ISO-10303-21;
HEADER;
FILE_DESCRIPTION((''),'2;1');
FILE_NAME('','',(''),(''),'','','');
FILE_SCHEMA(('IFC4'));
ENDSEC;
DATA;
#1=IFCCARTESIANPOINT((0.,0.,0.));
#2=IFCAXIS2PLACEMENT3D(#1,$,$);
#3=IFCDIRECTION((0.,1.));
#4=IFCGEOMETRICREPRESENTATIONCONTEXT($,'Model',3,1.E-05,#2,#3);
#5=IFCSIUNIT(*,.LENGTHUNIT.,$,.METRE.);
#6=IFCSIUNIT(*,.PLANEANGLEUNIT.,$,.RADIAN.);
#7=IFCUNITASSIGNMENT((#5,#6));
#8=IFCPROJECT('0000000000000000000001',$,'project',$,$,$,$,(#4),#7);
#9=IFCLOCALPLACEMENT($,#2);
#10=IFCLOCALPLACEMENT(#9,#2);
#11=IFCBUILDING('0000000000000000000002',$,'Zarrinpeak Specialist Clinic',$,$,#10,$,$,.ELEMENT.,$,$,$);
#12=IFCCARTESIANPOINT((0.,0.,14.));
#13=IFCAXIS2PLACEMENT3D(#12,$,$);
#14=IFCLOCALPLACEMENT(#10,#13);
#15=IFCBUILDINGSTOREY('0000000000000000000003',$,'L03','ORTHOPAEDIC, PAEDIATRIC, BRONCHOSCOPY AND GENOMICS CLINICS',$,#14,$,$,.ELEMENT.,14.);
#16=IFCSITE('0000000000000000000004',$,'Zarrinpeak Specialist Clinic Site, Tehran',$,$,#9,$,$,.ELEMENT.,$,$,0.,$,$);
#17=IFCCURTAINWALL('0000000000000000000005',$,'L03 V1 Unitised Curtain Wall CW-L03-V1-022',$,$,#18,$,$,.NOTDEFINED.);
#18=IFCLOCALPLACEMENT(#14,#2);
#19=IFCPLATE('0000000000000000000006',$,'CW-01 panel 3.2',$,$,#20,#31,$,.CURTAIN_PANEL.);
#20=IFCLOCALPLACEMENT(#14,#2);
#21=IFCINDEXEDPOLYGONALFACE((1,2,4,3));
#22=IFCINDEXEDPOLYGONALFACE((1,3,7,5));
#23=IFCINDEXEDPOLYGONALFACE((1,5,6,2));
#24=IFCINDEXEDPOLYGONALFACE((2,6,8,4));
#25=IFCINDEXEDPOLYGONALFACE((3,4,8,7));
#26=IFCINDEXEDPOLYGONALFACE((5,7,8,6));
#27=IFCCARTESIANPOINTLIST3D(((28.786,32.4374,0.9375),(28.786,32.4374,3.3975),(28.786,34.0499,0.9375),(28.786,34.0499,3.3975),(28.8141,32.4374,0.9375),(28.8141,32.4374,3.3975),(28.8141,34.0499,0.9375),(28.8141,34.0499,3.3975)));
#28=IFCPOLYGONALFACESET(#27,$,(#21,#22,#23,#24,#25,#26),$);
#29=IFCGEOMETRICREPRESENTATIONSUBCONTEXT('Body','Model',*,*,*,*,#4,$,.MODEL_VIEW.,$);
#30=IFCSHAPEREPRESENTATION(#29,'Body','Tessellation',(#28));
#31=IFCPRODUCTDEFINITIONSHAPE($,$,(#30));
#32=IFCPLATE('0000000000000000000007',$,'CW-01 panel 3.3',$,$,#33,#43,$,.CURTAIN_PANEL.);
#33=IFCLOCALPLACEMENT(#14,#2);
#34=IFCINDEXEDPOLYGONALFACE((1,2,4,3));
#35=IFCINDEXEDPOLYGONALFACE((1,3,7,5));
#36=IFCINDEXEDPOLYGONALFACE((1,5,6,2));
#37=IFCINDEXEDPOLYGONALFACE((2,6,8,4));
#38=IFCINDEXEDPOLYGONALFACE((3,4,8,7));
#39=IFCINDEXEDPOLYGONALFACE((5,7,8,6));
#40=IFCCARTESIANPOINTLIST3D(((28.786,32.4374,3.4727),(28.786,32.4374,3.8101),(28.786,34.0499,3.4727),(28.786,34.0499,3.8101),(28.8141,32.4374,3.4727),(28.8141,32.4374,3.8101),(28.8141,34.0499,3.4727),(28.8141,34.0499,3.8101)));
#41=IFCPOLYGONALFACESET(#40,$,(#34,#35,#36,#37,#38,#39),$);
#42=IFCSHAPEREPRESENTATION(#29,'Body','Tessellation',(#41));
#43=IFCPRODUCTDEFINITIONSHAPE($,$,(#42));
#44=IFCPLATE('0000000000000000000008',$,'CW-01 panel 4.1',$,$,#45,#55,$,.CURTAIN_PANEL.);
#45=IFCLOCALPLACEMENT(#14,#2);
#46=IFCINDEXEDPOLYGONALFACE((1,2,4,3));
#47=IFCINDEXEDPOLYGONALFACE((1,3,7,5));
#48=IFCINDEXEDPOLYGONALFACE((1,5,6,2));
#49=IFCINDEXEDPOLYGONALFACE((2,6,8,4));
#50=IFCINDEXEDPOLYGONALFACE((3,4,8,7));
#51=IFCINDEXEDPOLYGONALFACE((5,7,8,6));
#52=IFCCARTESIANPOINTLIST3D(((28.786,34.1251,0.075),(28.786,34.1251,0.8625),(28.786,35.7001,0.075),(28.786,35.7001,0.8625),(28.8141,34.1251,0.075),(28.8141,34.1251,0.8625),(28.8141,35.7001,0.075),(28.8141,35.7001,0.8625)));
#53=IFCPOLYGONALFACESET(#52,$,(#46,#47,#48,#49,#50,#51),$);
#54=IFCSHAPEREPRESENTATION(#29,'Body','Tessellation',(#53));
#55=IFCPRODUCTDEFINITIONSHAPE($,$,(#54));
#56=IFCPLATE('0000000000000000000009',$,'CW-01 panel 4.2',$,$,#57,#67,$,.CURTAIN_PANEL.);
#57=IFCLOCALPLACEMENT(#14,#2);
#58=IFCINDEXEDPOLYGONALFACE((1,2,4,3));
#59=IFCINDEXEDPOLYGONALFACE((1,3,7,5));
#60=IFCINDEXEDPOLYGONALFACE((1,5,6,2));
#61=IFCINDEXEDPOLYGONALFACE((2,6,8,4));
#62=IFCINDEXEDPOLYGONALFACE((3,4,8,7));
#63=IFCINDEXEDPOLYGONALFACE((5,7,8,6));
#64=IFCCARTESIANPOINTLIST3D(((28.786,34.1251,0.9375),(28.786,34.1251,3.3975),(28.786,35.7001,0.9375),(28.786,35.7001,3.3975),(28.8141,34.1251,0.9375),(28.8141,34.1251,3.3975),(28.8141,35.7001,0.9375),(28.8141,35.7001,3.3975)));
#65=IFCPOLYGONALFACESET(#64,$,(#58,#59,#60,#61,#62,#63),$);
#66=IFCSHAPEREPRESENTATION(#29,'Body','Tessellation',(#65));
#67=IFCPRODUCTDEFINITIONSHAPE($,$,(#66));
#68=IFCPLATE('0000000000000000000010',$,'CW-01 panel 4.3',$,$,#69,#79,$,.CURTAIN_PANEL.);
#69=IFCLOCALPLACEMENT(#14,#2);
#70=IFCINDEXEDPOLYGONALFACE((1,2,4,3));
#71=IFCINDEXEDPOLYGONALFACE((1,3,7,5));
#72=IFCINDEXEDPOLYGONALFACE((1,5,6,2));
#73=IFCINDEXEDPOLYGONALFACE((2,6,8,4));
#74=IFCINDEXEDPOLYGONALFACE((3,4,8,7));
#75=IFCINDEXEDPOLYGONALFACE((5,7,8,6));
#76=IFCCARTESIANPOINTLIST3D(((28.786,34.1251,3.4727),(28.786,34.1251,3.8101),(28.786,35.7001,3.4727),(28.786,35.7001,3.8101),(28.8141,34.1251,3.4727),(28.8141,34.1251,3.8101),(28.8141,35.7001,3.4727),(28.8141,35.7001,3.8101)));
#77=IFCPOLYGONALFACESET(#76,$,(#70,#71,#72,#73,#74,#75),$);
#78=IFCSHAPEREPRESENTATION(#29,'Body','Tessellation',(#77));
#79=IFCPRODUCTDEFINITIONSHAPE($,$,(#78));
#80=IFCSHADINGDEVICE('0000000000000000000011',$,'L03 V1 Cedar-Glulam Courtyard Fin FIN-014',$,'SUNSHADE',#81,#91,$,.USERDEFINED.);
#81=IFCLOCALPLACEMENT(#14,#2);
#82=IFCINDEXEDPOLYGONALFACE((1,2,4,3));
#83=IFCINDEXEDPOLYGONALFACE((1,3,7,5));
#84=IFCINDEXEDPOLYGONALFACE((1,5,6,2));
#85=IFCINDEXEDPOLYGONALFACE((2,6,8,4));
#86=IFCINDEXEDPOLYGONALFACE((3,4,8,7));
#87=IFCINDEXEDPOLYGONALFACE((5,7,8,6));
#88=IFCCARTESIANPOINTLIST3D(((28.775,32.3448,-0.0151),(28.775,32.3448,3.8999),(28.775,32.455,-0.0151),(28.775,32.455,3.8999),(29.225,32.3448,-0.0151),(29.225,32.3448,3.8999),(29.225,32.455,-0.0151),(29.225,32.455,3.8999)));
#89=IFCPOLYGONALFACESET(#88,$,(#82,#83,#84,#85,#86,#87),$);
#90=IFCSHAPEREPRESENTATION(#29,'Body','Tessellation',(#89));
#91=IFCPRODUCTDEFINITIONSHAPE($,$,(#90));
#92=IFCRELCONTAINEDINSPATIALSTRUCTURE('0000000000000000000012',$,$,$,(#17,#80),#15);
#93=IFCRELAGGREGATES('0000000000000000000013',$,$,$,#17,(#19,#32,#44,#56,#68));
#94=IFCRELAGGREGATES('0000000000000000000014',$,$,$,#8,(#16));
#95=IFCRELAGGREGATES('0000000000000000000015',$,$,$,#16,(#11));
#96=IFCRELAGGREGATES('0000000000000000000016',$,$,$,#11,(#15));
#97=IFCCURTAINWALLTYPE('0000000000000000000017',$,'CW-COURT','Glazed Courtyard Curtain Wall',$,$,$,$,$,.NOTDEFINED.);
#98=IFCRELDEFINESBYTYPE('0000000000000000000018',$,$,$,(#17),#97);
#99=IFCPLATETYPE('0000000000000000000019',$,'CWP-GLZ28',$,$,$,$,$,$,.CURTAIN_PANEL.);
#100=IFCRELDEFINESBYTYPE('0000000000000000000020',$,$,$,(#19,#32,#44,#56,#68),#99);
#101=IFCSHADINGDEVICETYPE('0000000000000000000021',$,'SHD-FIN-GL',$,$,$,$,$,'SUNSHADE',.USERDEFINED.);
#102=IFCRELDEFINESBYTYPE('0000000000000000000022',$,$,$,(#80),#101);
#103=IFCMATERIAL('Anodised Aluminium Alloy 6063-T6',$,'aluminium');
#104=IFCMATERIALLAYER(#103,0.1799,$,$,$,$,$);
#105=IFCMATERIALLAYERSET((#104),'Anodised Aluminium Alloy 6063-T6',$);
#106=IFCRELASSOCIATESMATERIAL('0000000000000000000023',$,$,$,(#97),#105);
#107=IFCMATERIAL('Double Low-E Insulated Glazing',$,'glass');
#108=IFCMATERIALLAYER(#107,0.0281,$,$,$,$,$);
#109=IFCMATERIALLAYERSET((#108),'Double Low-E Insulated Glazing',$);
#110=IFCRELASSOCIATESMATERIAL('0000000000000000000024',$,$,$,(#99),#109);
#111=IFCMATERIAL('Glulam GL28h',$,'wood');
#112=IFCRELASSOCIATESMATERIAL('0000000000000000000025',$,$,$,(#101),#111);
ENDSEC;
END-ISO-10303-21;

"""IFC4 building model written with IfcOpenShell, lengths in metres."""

from ifc_helpers import new_model, si_unit, direction, frame, origin, origin_2d, place, context, subcontext, project, spatial, rectangle, extrude, material, layer, layer_set, type_object, element, aggregate, save


model = new_model("IFC4")

# Units and contexts
model_context = context("Model", 3, precision=1e-05, world=origin(), true_north=direction((0.0, 1.0)))
body_context = subcontext(model_context, "Body", "Model", "MODEL_VIEW")
ifc_project = project(units=[si_unit("LENGTHUNIT", "METRE"), si_unit("PLANEANGLEUNIT", "RADIAN")], contexts=[model_context])

# Site, building, storey
site_placement = place(None, origin())
site = spatial("IfcSite", under=ifc_project, at=site_placement, Name="Zarrinpeak Specialist Clinic Site, Tehran", CompositionType="ELEMENT", RefElevation=0.0)
building_placement = place(site_placement, origin())
building = spatial("IfcBuilding", under=site, at=building_placement, Name="Zarrinpeak Specialist Clinic", CompositionType="ELEMENT")
storey_placement = place(building_placement, frame((0.0, 0.0, 14.0)))
storey = spatial("IfcBuildingStorey", under=building, at=storey_placement, Name="L03", Description="ORTHOPAEDIC, PAEDIATRIC, BRONCHOSCOPY AND GENOMICS CLINICS", CompositionType="ELEMENT", Elevation=14.0)

# Curtain wall
ifc_material_1 = material(Name="Anodised Aluminium Alloy 6063-T6", Category="aluminium")
ifc_layer_1 = layer(ifc_material_1, 0.1799)
ifc_layer_set_1 = layer_set([ifc_layer_1], Name="Anodised Aluminium Alloy 6063-T6")
curtain_wall_type = type_object("IfcCurtainWallType", Name="CW-COURT", Description="Glazed Courtyard Curtain Wall", PredefinedType="NOTDEFINED", material=ifc_layer_set_1)
curtain_wall_1_placement = place(storey_placement, origin())
curtain_wall_1 = element("IfcCurtainWall", 1, at=curtain_wall_1_placement, inside=storey, type_object=curtain_wall_type, Name="L03 V1 Unitised Curtain Wall CW-L03-V1-022", PredefinedType="NOTDEFINED")

# Plates
ifc_material_2 = material(Name="Double Low-E Insulated Glazing", Category="glass")
ifc_layer_2 = layer(ifc_material_2, 0.0281)
ifc_layer_set_2 = layer_set([ifc_layer_2], Name="Double Low-E Insulated Glazing")
plate_type = type_object("IfcPlateType", Name="CWP-GLZ28", PredefinedType="CURTAIN_PANEL", material=ifc_layer_set_2)
plate_1_placement = place(storey_placement, frame((28.8, 33.2437, 0.9375), z_axis=(0.0, 0.0, 1.0), x_axis=(0.0, 1.0, 0.0)))
plate_1 = element("IfcPlate", 2, at=plate_1_placement, type_object=plate_type, Name="CW-01 panel 3.2", PredefinedType="CURTAIN_PANEL", context=body_context, shape_type="SweptSolid", body=[
    extrude(rectangle(XDim=1.6125, YDim=0.0281, at=origin_2d()), origin(), (0.0, 0.0, 1.0), 2.46),
])
plate_2_placement = place(storey_placement, frame((28.8, 33.2437, 3.4727), z_axis=(0.0, 0.0, 1.0), x_axis=(0.0, 1.0, 0.0)))
plate_2 = element("IfcPlate", 3, at=plate_2_placement, type_object=plate_type, Name="CW-01 panel 3.3", PredefinedType="CURTAIN_PANEL", context=body_context, shape_type="SweptSolid", body=[
    extrude(rectangle(XDim=1.6125, YDim=0.0281, at=origin_2d()), origin(), (0.0, 0.0, 1.0), 0.3374),
])
plate_3_placement = place(storey_placement, frame((28.8, 34.9126, 0.075), z_axis=(0.0, 0.0, 1.0), x_axis=(0.0, 1.0, 0.0)))
plate_3 = element("IfcPlate", 4, at=plate_3_placement, type_object=plate_type, Name="CW-01 panel 4.1", PredefinedType="CURTAIN_PANEL", context=body_context, shape_type="SweptSolid", body=[
    extrude(rectangle(XDim=1.575, YDim=0.0281, at=origin_2d()), origin(), (0.0, 0.0, 1.0), 0.7876),
])
plate_4_placement = place(storey_placement, frame((28.8, 34.9126, 0.9375), z_axis=(0.0, 0.0, 1.0), x_axis=(0.0, 1.0, 0.0)))
plate_4 = element("IfcPlate", 5, at=plate_4_placement, type_object=plate_type, Name="CW-01 panel 4.2", PredefinedType="CURTAIN_PANEL", context=body_context, shape_type="SweptSolid", body=[
    extrude(rectangle(XDim=1.575, YDim=0.0281, at=origin_2d()), origin(), (0.0, 0.0, 1.0), 2.46),
])
plate_5_placement = place(storey_placement, frame((28.8, 34.9126, 3.4727), z_axis=(0.0, 0.0, 1.0), x_axis=(0.0, 1.0, 0.0)))
plate_5 = element("IfcPlate", 6, at=plate_5_placement, type_object=plate_type, Name="CW-01 panel 4.3", PredefinedType="CURTAIN_PANEL", context=body_context, shape_type="SweptSolid", body=[
    extrude(rectangle(XDim=1.575, YDim=0.0281, at=origin_2d()), origin(), (0.0, 0.0, 1.0), 0.3374),
])
aggregate(curtain_wall_1, [plate_1, plate_2, plate_3, plate_4, plate_5])

# Shading device
ifc_material_3 = material(Name="Glulam GL28h", Category="wood")
shading_device_type = type_object("IfcShadingDeviceType", Name="SHD-FIN-GL", ElementType="SUNSHADE", PredefinedType="USERDEFINED", material=ifc_material_3)
shading_device_placement = place(storey_placement, frame((29.0, 32.3999, -0.0151), z_axis=(0.0, 0.0, 1.0), x_axis=(1.0, 0.0, 0.0)))
element("IfcShadingDevice", 7, at=shading_device_placement, inside=storey, type_object=shading_device_type, Name="L03 V1 Cedar-Glulam Courtyard Fin FIN-014", ObjectType="SUNSHADE", PredefinedType="USERDEFINED", context=body_context, shape_type="SweptSolid", body=[
    extrude(rectangle(XDim=0.45, YDim=0.1101, at=origin_2d()), origin(), (0.0, 0.0, 1.0), 3.915),
])

save(model, "model.ifc")
